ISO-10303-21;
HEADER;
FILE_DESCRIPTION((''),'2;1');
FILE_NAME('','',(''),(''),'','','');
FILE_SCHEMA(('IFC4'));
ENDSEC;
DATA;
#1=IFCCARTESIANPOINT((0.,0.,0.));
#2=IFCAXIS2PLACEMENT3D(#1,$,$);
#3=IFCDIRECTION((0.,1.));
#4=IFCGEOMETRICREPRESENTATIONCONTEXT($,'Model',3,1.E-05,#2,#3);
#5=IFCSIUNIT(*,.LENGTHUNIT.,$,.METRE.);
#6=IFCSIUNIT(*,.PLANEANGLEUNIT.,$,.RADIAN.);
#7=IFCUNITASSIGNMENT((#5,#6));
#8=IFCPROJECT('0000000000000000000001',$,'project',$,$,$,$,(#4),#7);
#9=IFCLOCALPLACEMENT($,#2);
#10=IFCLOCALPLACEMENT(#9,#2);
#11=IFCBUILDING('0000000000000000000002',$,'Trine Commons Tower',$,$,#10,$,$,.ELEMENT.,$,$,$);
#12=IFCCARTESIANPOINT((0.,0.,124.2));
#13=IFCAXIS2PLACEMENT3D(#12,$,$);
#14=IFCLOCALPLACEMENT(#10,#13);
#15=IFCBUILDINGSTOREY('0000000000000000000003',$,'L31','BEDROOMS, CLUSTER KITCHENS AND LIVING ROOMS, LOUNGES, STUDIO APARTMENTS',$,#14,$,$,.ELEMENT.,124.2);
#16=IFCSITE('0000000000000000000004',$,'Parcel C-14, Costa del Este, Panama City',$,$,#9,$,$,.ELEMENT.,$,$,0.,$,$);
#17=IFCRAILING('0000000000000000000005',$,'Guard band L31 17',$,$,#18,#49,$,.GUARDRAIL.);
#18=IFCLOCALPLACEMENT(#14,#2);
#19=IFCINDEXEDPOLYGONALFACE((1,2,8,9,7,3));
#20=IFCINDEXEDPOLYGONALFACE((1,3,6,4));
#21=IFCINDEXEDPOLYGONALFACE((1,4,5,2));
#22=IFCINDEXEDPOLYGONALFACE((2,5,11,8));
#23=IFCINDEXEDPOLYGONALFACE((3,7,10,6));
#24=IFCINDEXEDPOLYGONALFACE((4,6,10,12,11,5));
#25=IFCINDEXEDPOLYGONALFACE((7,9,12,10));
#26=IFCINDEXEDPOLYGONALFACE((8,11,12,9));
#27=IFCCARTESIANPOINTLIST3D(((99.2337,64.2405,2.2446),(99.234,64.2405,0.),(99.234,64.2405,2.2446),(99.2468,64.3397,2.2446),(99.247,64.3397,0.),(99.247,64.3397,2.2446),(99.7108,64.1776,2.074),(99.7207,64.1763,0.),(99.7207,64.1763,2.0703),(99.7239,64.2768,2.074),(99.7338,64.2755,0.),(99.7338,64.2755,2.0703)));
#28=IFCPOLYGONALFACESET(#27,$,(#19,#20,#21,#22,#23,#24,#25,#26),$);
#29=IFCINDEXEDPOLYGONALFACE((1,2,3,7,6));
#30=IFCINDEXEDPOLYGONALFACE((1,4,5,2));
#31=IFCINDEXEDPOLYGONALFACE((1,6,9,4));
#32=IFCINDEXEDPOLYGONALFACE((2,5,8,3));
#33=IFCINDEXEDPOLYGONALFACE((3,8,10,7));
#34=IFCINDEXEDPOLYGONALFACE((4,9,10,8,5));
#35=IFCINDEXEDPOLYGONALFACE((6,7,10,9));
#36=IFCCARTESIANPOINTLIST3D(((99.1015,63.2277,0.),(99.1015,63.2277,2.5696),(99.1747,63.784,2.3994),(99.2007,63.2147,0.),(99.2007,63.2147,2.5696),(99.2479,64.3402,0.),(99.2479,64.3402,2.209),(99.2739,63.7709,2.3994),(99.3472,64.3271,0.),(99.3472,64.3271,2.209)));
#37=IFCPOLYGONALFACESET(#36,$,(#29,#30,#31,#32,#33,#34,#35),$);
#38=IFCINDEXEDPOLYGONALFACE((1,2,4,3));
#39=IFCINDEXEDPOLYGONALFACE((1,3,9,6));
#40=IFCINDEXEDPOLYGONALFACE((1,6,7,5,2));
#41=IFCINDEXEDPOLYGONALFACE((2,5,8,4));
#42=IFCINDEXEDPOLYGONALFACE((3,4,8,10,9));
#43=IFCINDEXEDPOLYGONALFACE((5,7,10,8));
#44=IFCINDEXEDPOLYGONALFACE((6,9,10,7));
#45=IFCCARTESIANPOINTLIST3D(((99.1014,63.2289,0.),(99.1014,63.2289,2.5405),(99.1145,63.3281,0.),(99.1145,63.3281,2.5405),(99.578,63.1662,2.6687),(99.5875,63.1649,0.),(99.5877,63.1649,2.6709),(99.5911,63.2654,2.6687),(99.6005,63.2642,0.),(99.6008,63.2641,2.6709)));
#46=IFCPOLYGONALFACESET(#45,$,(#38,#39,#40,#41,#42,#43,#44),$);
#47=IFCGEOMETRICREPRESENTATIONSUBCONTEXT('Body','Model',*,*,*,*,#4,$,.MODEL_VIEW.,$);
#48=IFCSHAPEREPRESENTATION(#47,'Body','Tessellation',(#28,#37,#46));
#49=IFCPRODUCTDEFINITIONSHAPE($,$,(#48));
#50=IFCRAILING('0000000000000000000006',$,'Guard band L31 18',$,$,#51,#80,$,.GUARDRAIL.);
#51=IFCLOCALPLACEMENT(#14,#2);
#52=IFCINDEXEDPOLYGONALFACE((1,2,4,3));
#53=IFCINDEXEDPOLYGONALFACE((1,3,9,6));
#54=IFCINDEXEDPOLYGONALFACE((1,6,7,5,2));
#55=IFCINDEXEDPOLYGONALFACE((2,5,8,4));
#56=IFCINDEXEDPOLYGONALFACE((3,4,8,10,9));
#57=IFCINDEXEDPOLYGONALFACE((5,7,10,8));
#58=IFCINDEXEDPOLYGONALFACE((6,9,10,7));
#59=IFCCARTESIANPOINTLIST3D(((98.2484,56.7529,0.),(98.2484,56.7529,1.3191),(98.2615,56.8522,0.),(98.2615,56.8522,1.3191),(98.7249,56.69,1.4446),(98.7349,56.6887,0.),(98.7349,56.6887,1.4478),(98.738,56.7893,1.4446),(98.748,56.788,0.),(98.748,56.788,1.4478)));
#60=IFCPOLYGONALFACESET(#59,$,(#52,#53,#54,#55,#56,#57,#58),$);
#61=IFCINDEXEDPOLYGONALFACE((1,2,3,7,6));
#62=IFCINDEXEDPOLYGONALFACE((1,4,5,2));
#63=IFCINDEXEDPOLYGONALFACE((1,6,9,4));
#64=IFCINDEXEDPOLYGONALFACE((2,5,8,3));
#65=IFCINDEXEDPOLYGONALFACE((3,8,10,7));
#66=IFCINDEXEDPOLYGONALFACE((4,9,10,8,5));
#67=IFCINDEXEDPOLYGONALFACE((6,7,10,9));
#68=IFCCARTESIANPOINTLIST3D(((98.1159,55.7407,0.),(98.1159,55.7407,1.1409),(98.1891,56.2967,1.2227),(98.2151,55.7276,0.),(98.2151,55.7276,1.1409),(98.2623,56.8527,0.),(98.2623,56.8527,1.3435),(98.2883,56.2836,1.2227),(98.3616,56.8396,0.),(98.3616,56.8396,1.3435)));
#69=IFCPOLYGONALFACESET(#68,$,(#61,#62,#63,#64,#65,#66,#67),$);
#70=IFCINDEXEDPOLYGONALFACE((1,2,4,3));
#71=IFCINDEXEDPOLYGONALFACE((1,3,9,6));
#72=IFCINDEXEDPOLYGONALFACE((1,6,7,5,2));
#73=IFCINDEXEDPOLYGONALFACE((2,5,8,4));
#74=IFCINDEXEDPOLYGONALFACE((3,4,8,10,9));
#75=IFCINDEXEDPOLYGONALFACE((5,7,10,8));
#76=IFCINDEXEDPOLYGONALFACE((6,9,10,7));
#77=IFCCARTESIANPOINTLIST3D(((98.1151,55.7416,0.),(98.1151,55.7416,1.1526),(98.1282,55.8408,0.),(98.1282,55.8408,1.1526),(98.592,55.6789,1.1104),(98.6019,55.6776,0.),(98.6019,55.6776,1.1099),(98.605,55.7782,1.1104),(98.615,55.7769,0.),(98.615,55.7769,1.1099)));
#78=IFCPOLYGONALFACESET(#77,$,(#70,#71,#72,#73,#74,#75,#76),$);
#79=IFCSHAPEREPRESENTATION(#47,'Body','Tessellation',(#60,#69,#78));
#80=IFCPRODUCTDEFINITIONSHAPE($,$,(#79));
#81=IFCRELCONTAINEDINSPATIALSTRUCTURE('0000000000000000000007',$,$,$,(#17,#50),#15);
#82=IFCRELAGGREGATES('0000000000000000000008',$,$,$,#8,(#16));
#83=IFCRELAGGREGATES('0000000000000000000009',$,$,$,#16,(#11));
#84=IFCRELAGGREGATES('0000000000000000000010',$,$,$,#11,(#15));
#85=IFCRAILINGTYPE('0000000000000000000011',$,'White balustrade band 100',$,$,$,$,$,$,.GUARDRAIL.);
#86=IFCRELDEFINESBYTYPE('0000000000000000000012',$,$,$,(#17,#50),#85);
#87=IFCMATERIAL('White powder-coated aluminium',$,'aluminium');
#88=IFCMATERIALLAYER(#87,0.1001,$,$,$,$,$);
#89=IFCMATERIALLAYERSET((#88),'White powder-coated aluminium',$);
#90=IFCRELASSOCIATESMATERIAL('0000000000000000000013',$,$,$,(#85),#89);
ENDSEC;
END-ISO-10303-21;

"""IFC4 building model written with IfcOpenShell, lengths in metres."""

from ifc_helpers import new_model, si_unit, direction, frame, origin, place, context, subcontext, project, spatial, polyline, outline, extrude, material, layer, layer_set, type_object, element, save


model = new_model("IFC4")

# Units and contexts
model_context = context("Model", 3, precision=1e-05, world=origin(), true_north=direction((0.0, 1.0)))
body_context = subcontext(model_context, "Body", "Model", "MODEL_VIEW")
ifc_project = project(units=[si_unit("LENGTHUNIT", "METRE"), si_unit("PLANEANGLEUNIT", "RADIAN")], contexts=[model_context])

# Site, building, storey
site_placement = place(None, origin())
site = spatial("IfcSite", under=ifc_project, at=site_placement, Name="Parcel C-14, Costa del Este, Panama City", CompositionType="ELEMENT", RefElevation=0.0)
building_placement = place(site_placement, origin())
building = spatial("IfcBuilding", under=site, at=building_placement, Name="Trine Commons Tower", CompositionType="ELEMENT")
storey_placement = place(building_placement, frame((0.0, 0.0, 124.2)))
storey = spatial("IfcBuildingStorey", under=building, at=storey_placement, Name="L31", Description="BEDROOMS, CLUSTER KITCHENS AND LIVING ROOMS, LOUNGES, STUDIO APARTMENTS", CompositionType="ELEMENT", Elevation=124.2)

# Railings
ifc_material_1 = material(Name="White powder-coated aluminium", Category="aluminium")
ifc_layer_1 = layer(ifc_material_1, 0.1001)
ifc_layer_set_1 = layer_set([ifc_layer_1], Name="White powder-coated aluminium")
railing_type = type_object("IfcRailingType", Name="White balustrade band 100", PredefinedType="GUARDRAIL", material=ifc_layer_set_1)
railing_1_placement = place(storey_placement, origin())
element("IfcRailing", 1, at=railing_1_placement, inside=storey, type_object=railing_type, Name="Guard band L31 17", PredefinedType="GUARDRAIL", context=body_context, shape_type="SweptSolid", body=[
    extrude(outline(polyline([(0.0, 0.0), (0.491, 0.0), (0.4912, 2.2446), (0.491, 2.2446), (0.01, 2.074), (0.0, 2.0703), (0.0, 0.0)])), frame((99.7207, 64.1763, 0.0), z_axis=(0.130763, 0.991414, 0.0), x_axis=(-0.991414, 0.130763, 0.0)), (0.0, 0.0, 1.0), 0.1001),
    extrude(outline(polyline([(0.0, 0.0), (1.1221, 0.0), (1.1221, 2.5696), (0.561, 2.3994), (0.0, 2.209), (0.0, 0.0)])), frame((99.3472, 64.3271, 0.0), z_axis=(-0.991443, 0.130539, 0.0), x_axis=(-0.130539, -0.991443, 0.0)), (0.0, 0.0, 1.0), 0.1001),
    extrude(outline(polyline([(0.0, 0.0), (0.4902, 0.0), (0.4905, 2.6709), (0.4807, 2.6687), (0.0, 2.5405), (0.0, 0.0)])), frame((99.1145, 63.3281, 0.0), z_axis=(-0.130467, -0.991453, 0.0), x_axis=(0.991453, -0.130467, 0.0)), (0.0, 0.0, 1.0), 0.1001),
])
railing_2_placement = place(storey_placement, origin())
element("IfcRailing", 2, at=railing_2_placement, inside=storey, type_object=railing_type, Name="Guard band L31 18", PredefinedType="GUARDRAIL", context=body_context, shape_type="SweptSolid", body=[
    extrude(outline(polyline([(0.0, 0.0), (0.4907, 0.0), (0.4907, 1.3191), (0.4907, 1.3191), (0.01, 1.4446), (0.0, 1.4478), (0.0, 0.0)])), frame((98.7349, 56.6887, 0.0), z_axis=(0.130828, 0.991405, 0.0), x_axis=(-0.991405, 0.130828, 0.0)), (0.0, 0.0, 1.0), 0.1001),
    extrude(outline(polyline([(0.0, 0.0), (1.1216, 0.0), (1.1216, 1.1409), (0.5608, 1.2227), (0.0, 1.3435), (0.0, 0.0)])), frame((98.3616, 56.8396, 0.0), z_axis=(-0.991436, 0.130595, 0.0), x_axis=(-0.130595, -0.991436, 0.0)), (0.0, 0.0, 1.0), 0.1001),
    extrude(outline(polyline([(0.0, 0.0), (0.491, 0.0), (0.491, 1.1099), (0.481, 1.1104), (0.0, 1.1526), (0.0, 0.0)])), frame((98.1282, 55.8408, 0.0), z_axis=(-0.130274, -0.991478, 0.0), x_axis=(0.991478, -0.130274, 0.0)), (0.0, 0.0, 1.0), 0.1001),
])

save(model, "model.ifc")
